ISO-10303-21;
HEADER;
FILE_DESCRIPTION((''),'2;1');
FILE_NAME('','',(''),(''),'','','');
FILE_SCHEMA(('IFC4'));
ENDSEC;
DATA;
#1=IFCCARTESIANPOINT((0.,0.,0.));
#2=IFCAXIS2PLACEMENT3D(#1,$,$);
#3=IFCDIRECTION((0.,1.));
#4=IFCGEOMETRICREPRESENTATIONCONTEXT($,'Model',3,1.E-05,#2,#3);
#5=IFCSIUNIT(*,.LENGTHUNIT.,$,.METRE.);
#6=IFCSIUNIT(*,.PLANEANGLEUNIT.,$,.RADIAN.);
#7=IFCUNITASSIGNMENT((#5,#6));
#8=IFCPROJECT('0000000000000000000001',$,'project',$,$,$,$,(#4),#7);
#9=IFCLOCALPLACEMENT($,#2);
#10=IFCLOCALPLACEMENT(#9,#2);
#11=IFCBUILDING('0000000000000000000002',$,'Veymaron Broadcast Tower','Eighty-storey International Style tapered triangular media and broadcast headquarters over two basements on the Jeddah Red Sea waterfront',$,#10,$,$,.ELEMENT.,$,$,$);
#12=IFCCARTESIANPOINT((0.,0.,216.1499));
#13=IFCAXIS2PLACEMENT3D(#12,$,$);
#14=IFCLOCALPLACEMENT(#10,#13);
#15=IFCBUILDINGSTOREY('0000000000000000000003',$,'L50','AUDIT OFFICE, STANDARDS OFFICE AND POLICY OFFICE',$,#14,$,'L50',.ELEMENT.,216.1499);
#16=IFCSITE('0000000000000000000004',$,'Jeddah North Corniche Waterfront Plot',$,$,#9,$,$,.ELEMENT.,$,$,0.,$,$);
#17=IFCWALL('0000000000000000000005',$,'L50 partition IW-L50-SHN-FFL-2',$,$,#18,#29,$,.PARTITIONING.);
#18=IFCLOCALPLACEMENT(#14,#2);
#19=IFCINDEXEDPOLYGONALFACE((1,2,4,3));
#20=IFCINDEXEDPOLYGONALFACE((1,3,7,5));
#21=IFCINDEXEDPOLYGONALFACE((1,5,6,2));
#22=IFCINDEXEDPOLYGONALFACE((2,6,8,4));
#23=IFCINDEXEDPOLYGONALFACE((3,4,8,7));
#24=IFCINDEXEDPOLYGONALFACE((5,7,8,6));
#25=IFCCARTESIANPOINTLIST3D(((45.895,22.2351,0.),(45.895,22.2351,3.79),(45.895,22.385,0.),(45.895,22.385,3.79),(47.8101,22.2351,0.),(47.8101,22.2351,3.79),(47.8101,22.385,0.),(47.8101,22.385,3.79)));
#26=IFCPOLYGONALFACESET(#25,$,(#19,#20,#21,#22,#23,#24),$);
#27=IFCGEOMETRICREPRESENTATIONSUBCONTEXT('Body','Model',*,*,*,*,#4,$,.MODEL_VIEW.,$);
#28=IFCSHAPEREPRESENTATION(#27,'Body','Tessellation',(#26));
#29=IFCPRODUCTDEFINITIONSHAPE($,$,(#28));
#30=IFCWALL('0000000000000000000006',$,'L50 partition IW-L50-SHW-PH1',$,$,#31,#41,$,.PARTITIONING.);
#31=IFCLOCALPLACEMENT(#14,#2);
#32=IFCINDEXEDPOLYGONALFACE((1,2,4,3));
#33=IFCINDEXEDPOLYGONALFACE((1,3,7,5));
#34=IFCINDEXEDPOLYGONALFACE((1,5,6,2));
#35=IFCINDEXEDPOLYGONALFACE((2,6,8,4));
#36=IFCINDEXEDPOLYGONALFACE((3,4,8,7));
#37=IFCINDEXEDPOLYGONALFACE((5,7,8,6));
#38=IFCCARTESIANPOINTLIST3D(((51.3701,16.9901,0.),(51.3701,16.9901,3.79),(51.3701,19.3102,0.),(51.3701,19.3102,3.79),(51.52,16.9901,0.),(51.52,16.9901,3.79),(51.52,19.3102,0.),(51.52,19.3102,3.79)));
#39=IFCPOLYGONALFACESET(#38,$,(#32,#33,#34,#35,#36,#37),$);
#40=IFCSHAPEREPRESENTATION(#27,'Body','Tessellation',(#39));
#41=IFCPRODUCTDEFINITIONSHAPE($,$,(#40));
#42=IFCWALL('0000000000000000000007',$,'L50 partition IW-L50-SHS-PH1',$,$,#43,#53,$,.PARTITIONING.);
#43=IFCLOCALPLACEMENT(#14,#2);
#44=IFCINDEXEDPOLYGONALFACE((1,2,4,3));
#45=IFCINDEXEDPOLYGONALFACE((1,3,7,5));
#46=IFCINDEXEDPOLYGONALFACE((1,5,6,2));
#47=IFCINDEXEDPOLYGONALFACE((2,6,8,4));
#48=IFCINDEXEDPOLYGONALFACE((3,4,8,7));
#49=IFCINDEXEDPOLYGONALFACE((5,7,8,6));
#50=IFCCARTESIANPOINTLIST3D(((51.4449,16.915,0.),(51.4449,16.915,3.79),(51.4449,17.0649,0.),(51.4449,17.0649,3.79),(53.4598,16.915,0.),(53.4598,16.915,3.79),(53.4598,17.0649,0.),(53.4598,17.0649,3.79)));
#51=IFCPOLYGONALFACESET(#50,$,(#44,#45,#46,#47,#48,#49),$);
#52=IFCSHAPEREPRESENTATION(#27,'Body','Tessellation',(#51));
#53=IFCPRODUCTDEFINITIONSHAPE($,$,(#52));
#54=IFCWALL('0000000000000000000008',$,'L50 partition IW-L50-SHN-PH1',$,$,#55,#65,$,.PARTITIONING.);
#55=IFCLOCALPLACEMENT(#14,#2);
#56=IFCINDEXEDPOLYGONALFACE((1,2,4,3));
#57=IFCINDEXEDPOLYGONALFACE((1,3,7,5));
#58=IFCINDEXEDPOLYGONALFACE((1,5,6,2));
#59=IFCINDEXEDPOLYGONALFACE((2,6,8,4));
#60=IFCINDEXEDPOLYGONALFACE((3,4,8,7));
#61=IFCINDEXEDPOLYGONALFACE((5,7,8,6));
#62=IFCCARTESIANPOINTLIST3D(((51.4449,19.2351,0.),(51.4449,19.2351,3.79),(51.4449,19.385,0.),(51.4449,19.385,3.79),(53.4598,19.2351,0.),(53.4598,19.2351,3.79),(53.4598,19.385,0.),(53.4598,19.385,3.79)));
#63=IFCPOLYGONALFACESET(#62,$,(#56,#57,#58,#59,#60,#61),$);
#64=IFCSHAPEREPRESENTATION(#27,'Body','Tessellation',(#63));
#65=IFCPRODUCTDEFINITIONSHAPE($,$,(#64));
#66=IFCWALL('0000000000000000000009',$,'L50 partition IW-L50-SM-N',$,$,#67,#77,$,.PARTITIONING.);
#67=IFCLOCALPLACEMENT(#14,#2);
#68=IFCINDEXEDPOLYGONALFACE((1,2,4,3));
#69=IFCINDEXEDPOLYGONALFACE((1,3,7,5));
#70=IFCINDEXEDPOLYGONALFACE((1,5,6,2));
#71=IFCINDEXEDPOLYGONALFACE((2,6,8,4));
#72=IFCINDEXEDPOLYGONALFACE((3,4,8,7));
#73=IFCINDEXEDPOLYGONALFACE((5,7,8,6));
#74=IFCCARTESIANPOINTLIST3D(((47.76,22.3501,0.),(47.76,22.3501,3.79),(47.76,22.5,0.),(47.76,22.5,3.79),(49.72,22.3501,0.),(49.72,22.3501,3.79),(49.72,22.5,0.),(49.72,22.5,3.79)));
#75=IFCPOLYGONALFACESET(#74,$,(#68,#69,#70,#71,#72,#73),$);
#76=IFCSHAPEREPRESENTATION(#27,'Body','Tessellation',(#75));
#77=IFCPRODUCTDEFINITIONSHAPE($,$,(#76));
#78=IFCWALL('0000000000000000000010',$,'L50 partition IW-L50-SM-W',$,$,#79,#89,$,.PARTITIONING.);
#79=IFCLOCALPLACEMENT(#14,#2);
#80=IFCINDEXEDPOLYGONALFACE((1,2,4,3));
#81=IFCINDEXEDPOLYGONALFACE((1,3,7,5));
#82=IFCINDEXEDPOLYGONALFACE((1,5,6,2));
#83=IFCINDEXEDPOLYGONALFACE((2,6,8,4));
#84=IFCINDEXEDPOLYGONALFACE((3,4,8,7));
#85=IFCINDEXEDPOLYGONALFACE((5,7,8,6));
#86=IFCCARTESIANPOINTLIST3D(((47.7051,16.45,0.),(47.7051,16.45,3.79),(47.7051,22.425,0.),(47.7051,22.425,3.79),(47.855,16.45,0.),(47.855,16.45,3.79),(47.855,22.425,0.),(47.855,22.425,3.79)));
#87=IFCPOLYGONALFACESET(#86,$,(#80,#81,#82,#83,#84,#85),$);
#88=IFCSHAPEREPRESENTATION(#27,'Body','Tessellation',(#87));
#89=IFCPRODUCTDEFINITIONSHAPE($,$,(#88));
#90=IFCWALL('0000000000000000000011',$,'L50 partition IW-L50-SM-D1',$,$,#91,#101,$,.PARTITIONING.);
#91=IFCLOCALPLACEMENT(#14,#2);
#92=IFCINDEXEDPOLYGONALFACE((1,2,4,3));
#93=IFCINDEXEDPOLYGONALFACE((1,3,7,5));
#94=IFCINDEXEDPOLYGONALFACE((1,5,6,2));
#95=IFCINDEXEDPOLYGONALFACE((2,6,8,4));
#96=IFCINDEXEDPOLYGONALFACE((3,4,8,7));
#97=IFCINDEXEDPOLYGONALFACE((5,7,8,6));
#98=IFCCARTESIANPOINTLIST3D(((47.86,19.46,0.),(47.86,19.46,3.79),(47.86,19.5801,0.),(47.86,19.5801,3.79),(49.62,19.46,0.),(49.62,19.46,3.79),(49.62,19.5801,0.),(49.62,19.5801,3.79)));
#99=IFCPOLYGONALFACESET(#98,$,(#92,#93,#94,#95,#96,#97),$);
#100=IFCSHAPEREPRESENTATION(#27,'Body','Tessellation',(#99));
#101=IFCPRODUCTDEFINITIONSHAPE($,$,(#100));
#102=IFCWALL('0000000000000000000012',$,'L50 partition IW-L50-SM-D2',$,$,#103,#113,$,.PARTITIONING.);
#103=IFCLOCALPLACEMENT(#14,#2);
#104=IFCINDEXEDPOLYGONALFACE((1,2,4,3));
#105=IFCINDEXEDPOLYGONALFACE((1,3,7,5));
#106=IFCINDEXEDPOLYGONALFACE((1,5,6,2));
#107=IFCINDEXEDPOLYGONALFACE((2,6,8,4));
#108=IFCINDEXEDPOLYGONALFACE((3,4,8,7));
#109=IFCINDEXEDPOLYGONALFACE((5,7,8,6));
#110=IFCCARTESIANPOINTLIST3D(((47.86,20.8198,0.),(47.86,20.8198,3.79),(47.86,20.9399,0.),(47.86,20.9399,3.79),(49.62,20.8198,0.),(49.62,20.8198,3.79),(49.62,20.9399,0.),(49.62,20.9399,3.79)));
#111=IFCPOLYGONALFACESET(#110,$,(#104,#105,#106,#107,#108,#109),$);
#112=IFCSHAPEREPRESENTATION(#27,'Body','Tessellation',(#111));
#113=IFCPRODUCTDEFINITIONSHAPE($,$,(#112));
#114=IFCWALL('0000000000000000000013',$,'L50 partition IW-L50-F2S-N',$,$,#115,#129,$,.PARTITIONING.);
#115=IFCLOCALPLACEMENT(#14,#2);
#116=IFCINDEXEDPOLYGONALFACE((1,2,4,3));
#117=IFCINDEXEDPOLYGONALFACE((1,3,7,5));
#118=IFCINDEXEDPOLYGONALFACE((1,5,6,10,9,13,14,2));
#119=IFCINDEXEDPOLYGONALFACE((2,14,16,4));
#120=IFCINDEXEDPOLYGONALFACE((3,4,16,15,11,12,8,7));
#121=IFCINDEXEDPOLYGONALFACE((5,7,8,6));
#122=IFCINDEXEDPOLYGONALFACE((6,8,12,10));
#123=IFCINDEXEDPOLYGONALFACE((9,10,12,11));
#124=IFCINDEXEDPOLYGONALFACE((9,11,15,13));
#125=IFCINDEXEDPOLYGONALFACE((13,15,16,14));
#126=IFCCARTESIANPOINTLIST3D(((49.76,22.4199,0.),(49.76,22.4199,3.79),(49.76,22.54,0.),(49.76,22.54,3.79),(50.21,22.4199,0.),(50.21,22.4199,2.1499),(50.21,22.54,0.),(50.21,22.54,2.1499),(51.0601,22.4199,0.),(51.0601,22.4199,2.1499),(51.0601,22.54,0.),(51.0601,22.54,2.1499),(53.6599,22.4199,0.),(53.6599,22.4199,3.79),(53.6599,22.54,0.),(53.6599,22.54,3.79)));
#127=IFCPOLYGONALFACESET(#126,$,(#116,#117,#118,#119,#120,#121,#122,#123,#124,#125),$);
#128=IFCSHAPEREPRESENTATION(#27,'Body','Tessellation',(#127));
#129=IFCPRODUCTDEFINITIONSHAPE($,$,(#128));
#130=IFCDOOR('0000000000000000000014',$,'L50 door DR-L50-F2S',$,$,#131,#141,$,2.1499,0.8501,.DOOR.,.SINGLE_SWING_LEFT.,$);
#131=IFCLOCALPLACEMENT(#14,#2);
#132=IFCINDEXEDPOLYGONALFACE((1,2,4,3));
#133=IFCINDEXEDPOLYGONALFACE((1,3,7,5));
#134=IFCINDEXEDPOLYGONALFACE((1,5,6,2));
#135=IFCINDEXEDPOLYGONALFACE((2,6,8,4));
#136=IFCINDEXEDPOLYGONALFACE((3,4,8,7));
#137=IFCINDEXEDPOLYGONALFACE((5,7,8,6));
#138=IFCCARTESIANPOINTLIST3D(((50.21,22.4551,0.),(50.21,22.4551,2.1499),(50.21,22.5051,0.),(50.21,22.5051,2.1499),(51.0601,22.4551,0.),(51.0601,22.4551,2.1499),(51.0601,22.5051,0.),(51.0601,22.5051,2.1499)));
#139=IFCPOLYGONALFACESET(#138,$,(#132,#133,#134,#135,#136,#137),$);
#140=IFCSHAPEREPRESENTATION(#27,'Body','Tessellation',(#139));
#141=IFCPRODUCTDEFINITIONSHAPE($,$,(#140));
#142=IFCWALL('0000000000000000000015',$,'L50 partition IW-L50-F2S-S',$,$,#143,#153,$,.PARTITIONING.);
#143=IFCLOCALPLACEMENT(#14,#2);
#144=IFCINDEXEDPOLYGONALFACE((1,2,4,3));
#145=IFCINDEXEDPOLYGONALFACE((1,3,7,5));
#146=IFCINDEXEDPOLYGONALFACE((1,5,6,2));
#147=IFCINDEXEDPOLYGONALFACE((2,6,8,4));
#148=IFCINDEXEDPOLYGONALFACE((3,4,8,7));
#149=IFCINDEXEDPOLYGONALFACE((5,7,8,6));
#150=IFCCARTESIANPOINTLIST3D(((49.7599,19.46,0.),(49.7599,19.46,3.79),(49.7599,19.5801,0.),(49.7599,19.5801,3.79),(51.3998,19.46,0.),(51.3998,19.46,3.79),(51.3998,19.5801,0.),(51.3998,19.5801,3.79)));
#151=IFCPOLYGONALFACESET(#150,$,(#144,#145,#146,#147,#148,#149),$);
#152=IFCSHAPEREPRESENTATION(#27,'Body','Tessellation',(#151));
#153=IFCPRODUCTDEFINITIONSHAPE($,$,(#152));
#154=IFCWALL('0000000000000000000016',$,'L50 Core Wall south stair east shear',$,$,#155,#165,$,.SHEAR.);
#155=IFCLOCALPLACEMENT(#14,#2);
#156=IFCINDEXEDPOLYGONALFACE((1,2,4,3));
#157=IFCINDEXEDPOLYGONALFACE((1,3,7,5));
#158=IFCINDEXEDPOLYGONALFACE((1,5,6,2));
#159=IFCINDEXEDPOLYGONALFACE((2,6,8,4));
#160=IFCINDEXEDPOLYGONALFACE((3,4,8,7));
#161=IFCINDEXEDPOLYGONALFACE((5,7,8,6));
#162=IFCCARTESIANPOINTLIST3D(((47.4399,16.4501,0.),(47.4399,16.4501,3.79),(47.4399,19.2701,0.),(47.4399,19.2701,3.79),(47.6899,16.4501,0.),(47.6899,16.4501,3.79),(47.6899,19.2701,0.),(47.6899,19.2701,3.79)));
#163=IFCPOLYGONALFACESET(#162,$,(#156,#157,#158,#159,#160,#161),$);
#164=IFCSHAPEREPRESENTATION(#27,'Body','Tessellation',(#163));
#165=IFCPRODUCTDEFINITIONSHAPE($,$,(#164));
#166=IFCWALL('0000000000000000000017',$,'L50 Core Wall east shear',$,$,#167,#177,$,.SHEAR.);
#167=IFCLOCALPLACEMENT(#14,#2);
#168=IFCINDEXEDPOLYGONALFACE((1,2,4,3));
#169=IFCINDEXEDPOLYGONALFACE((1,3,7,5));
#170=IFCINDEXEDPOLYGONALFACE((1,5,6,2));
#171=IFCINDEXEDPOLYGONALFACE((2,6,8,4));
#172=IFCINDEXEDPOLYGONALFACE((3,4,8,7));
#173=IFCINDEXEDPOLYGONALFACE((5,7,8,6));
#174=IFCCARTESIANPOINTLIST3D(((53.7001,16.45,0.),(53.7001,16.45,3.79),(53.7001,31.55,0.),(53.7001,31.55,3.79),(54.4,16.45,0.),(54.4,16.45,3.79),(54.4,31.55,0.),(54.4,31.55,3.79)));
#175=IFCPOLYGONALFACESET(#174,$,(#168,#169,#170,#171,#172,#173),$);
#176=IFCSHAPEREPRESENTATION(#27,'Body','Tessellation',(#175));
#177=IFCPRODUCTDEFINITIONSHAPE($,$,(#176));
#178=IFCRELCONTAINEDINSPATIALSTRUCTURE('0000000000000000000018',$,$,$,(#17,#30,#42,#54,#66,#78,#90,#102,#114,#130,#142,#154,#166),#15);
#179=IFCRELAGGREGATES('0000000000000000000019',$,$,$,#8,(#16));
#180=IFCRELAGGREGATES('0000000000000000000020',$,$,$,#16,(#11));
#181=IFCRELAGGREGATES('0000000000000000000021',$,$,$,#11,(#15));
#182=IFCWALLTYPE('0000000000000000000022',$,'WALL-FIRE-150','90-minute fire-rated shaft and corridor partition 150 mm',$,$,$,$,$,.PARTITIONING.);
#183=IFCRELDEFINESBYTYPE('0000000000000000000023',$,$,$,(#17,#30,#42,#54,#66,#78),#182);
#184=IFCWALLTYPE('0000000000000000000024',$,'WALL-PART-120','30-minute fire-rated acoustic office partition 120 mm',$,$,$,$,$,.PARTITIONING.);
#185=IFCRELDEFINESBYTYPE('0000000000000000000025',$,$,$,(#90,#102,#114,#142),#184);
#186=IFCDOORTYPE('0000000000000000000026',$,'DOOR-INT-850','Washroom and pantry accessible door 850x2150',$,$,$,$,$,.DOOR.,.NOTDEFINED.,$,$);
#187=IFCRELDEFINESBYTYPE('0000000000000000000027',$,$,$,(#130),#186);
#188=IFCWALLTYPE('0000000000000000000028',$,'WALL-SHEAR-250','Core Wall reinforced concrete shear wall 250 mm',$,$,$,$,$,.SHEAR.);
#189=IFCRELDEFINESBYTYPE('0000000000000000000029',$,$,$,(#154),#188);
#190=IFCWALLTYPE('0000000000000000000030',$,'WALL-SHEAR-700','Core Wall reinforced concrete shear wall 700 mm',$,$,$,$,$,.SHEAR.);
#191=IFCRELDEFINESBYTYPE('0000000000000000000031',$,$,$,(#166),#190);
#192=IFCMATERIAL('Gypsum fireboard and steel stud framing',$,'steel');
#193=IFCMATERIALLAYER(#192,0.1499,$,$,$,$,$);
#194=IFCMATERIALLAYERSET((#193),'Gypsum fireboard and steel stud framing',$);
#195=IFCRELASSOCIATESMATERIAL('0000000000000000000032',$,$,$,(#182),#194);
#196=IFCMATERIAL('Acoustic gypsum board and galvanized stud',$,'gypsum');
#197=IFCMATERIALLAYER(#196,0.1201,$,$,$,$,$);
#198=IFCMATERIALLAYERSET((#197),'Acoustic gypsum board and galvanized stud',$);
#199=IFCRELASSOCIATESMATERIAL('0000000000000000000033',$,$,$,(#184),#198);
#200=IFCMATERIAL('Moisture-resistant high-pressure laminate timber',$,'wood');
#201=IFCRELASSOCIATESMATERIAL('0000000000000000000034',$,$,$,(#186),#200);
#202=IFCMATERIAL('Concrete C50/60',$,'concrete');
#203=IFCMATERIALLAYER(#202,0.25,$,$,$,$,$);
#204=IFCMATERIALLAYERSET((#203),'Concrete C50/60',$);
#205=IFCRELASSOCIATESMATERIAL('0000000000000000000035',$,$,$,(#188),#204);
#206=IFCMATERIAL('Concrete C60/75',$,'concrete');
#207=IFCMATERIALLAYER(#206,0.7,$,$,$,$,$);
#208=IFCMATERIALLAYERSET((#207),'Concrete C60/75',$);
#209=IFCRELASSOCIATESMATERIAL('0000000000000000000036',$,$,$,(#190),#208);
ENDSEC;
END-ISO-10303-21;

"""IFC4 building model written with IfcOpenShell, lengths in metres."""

from ifc_helpers import new_model, si_unit, direction, frame, frame_2d, origin, place, context, subcontext, project, spatial, rectangle, extrude, material, layer, layer_set, type_object, element, fill, save


model = new_model("IFC4")

# Units and contexts
model_context = context("Model", 3, precision=1e-05, world=origin(), true_north=direction((0.0, 1.0)))
body_context = subcontext(model_context, "Body", "Model", "MODEL_VIEW")
ifc_project = project(units=[si_unit("LENGTHUNIT", "METRE"), si_unit("PLANEANGLEUNIT", "RADIAN")], contexts=[model_context])

# Site, building, storey
site_placement = place(None, origin())
site = spatial("IfcSite", under=ifc_project, at=site_placement, Name="Jeddah North Corniche Waterfront Plot", CompositionType="ELEMENT", RefElevation=0.0)
building_placement = place(site_placement, origin())
building = spatial("IfcBuilding", under=site, at=building_placement, Name="Veymaron Broadcast Tower", Description="Eighty-storey International Style tapered triangular media and broadcast headquarters over two basements on the Jeddah Red Sea waterfront", CompositionType="ELEMENT")
storey_placement = place(building_placement, frame((0.0, 0.0, 216.1499)))
storey = spatial("IfcBuildingStorey", under=building, at=storey_placement, Name="L50", Description="AUDIT OFFICE, STANDARDS OFFICE AND POLICY OFFICE", LongName="L50", CompositionType="ELEMENT", Elevation=216.1499)

# Walls
ifc_material_1 = material(Name="Gypsum fireboard and steel stud framing", Category="steel")
ifc_layer_1 = layer(ifc_material_1, 0.1499)
ifc_layer_set_1 = layer_set([ifc_layer_1], Name="Gypsum fireboard and steel stud framing")
wall_type_1 = type_object("IfcWallType", Name="WALL-FIRE-150", Description="90-minute fire-rated shaft and corridor partition 150 mm", PredefinedType="PARTITIONING", material=ifc_layer_set_1)
wall_1_placement = place(storey_placement, frame((45.895, 22.3101, 0.0), z_axis=(0.0, 0.0, 1.0), x_axis=(1.0, 0.0, 0.0)))
element("IfcWall", 1, at=wall_1_placement, inside=storey, type_object=wall_type_1, Name="L50 partition IW-L50-SHN-FFL-2", PredefinedType="PARTITIONING", context=body_context, shape_type="SweptSolid", body=[
    extrude(rectangle(XDim=1.915, YDim=0.1499, at=frame_2d((0.9575, 0.0))), origin(), (0.0, 0.0, 1.0), 3.79),
])
wall_2_placement = place(storey_placement, frame((51.4451, 16.99, 0.0), z_axis=(0.0, 0.0, 1.0), x_axis=(0.0, 1.0, 0.0)))
element("IfcWall", 2, at=wall_2_placement, inside=storey, type_object=wall_type_1, Name="L50 partition IW-L50-SHW-PH1", PredefinedType="PARTITIONING", context=body_context, shape_type="SweptSolid", body=[
    extrude(rectangle(XDim=2.3201, YDim=0.1499, at=frame_2d((1.1602, 0.0))), origin(), (0.0, 0.0, 1.0), 3.79),
])
for number, where, z_axis, x_axis, name in (
    (3, (51.4451, 16.99, 0.0), (0.0, 0.0, 1.0), (1.0, 0.0, 0.0), "L50 partition IW-L50-SHS-PH1"),
    (4, (51.4451, 19.3101, 0.0), (0.0, 0.0, 1.0), (1.0, 0.0, 0.0), "L50 partition IW-L50-SHN-PH1"),
):
    element("IfcWall", number, at=place(storey_placement, frame(where, z_axis=z_axis, x_axis=x_axis)), inside=storey, type_object=wall_type_1, Name=name, PredefinedType="PARTITIONING", context=body_context, shape_type="SweptSolid", body=[
        extrude(rectangle(XDim=2.0149, YDim=0.1499, at=frame_2d((1.0073, 0.0))), origin(), (0.0, 0.0, 1.0), 3.79),
    ])

# Walls
wall_3_placement = place(storey_placement, frame((47.76, 22.425, 0.0), z_axis=(0.0, 0.0, 1.0), x_axis=(1.0, 0.0, 0.0)))
element("IfcWall", 5, at=wall_3_placement, inside=storey, type_object=wall_type_1, Name="L50 partition IW-L50-SM-N", PredefinedType="PARTITIONING", context=body_context, shape_type="SweptSolid", body=[
    extrude(rectangle(XDim=1.96, YDim=0.1499, at=frame_2d((0.98, 0.0))), origin(), (0.0, 0.0, 1.0), 3.79),
])
wall_4_placement = place(storey_placement, frame((47.78, 16.45, 0.0), z_axis=(0.0, 0.0, 1.0), x_axis=(0.0, 1.0, 0.0)))
element("IfcWall", 6, at=wall_4_placement, inside=storey, type_object=wall_type_1, Name="L50 partition IW-L50-SM-W", PredefinedType="PARTITIONING", context=body_context, shape_type="SweptSolid", body=[
    extrude(rectangle(XDim=5.9751, YDim=0.1499, at=frame_2d((2.9875, 0.0))), origin(), (0.0, 0.0, 1.0), 3.79),
])
ifc_material_2 = material(Name="Acoustic gypsum board and galvanized stud", Category="gypsum")
ifc_layer_2 = layer(ifc_material_2, 0.1201)
ifc_layer_set_2 = layer_set([ifc_layer_2], Name="Acoustic gypsum board and galvanized stud")
wall_type_2 = type_object("IfcWallType", Name="WALL-PART-120", Description="30-minute fire-rated acoustic office partition 120 mm", PredefinedType="PARTITIONING", material=ifc_layer_set_2)
for number, where, z_axis, x_axis, name in (
    (7, (47.8601, 19.52, 0.0), (0.0, 0.0, 1.0), (1.0, 0.0, 0.0), "L50 partition IW-L50-SM-D1"),
    (8, (47.8601, 20.8799, 0.0), (0.0, 0.0, 1.0), (1.0, 0.0, 0.0), "L50 partition IW-L50-SM-D2"),
):
    element("IfcWall", number, at=place(storey_placement, frame(where, z_axis=z_axis, x_axis=x_axis)), inside=storey, type_object=wall_type_2, Name=name, PredefinedType="PARTITIONING", context=body_context, shape_type="SweptSolid", body=[
        extrude(rectangle(XDim=1.76, YDim=0.1201, at=frame_2d((0.8799, 0.0))), origin(), (0.0, 0.0, 1.0), 3.79),
    ])

# Shared definitions
ifc_material_3 = material(Name="Moisture-resistant high-pressure laminate timber", Category="wood")
door_type_1 = type_object("IfcDoorType", Name="DOOR-INT-850", Description="Washroom and pantry accessible door 850x2150", OperationType="NOTDEFINED", PredefinedType="DOOR", material=ifc_material_3)

# Wall, opening, door
wall_5_placement = place(storey_placement, frame((49.76, 22.48, 0.0), z_axis=(0.0, 0.0, 1.0), x_axis=(1.0, 0.0, 0.0)))
wall_5 = element("IfcWall", 9, at=wall_5_placement, inside=storey, type_object=wall_type_2, Name="L50 partition IW-L50-F2S-N", PredefinedType="PARTITIONING", context=body_context, shape_type="SweptSolid", body=[
    extrude(rectangle(XDim=3.8999, YDim=0.1201, at=frame_2d((1.95, 0.0))), origin(), (0.0, 0.0, 1.0), 3.79),
])
opening_1_placement = place(wall_5_placement, frame((0.45, 0.0, 0.0)))
opening_1 = element("IfcOpeningElement", 10, at=opening_1_placement, cuts=wall_5, PredefinedType="OPENING", context=body_context, shape_type="SweptSolid", body=[
    extrude(rectangle(XDim=0.8501, YDim=2.1499, at=frame_2d((0.425, 1.075))), frame((0.0, 0.0701, 0.0), z_axis=(0.0, -1.0, 0.0), x_axis=(1.0, 0.0, 0.0)), (0.0, 0.0, 1.0), 0.1401),
])
door_1_placement = place(opening_1_placement, frame((0.8501, 0.0, 0.0), z_axis=(0.0, 0.0, 1.0), x_axis=(-1.0, 0.0, 0.0)))
door_1 = element("IfcDoor", 11, at=door_1_placement, inside=storey, type_object=door_type_1, Name="L50 door DR-L50-F2S", OperationType="SINGLE_SWING_LEFT", OverallHeight=2.1499, OverallWidth=0.8501, PredefinedType="DOOR", context=body_context, shape_type="SweptSolid", body=[
    extrude(rectangle(XDim=0.8501, YDim=2.1499, at=frame_2d((0.425, 1.075))), frame((0.0, 0.0249, 0.0), z_axis=(0.0, -1.0, 0.0), x_axis=(1.0, 0.0, 0.0)), (0.0, 0.0, 1.0), 0.05),
])
fill(opening_1, door_1)

# Walls
wall_6_placement = place(storey_placement, frame((49.76, 19.52, 0.0), z_axis=(0.0, 0.0, 1.0), x_axis=(1.0, 0.0, 0.0)))
element("IfcWall", 12, at=wall_6_placement, inside=storey, type_object=wall_type_2, Name="L50 partition IW-L50-F2S-S", PredefinedType="PARTITIONING", context=body_context, shape_type="SweptSolid", body=[
    extrude(rectangle(XDim=1.6399, YDim=0.1201, at=frame_2d((0.8198, 0.0))), origin(), (0.0, 0.0, 1.0), 3.79),
])
ifc_material_4 = material(Name="Concrete C50/60", Category="concrete")
ifc_layer_3 = layer(ifc_material_4, 0.25)
ifc_layer_set_3 = layer_set([ifc_layer_3], Name="Concrete C50/60")
wall_type_3 = type_object("IfcWallType", Name="WALL-SHEAR-250", Description="Core Wall reinforced concrete shear wall 250 mm", PredefinedType="SHEAR", material=ifc_layer_set_3)
wall_7_placement = place(storey_placement, frame((47.5649, 16.45, 0.0), z_axis=(0.0, 0.0, 1.0), x_axis=(0.0, 1.0, 0.0)))
element("IfcWall", 13, at=wall_7_placement, inside=storey, type_object=wall_type_3, Name="L50 Core Wall south stair east shear", PredefinedType="SHEAR", context=body_context, shape_type="SweptSolid", body=[
    extrude(rectangle(XDim=2.8201, YDim=0.25, at=frame_2d((1.4102, 0.0))), origin(), (0.0, 0.0, 1.0), 3.79),
])
ifc_material_5 = material(Name="Concrete C60/75", Category="concrete")
ifc_layer_4 = layer(ifc_material_5, 0.7)
ifc_layer_set_4 = layer_set([ifc_layer_4], Name="Concrete C60/75")
wall_type_4 = type_object("IfcWallType", Name="WALL-SHEAR-700", Description="Core Wall reinforced concrete shear wall 700 mm", PredefinedType="SHEAR", material=ifc_layer_set_4)
wall_8_placement = place(storey_placement, frame((54.05, 16.45, 0.0), z_axis=(0.0, 0.0, 1.0), x_axis=(0.0, 1.0, 0.0)))
element("IfcWall", 14, at=wall_8_placement, inside=storey, type_object=wall_type_4, Name="L50 Core Wall east shear", PredefinedType="SHEAR", context=body_context, shape_type="SweptSolid", body=[
    extrude(rectangle(XDim=15.1001, YDim=0.7, at=frame_2d((7.55, 0.0))), origin(), (0.0, 0.0, 1.0), 3.79),
])

save(model, "model.ifc")
